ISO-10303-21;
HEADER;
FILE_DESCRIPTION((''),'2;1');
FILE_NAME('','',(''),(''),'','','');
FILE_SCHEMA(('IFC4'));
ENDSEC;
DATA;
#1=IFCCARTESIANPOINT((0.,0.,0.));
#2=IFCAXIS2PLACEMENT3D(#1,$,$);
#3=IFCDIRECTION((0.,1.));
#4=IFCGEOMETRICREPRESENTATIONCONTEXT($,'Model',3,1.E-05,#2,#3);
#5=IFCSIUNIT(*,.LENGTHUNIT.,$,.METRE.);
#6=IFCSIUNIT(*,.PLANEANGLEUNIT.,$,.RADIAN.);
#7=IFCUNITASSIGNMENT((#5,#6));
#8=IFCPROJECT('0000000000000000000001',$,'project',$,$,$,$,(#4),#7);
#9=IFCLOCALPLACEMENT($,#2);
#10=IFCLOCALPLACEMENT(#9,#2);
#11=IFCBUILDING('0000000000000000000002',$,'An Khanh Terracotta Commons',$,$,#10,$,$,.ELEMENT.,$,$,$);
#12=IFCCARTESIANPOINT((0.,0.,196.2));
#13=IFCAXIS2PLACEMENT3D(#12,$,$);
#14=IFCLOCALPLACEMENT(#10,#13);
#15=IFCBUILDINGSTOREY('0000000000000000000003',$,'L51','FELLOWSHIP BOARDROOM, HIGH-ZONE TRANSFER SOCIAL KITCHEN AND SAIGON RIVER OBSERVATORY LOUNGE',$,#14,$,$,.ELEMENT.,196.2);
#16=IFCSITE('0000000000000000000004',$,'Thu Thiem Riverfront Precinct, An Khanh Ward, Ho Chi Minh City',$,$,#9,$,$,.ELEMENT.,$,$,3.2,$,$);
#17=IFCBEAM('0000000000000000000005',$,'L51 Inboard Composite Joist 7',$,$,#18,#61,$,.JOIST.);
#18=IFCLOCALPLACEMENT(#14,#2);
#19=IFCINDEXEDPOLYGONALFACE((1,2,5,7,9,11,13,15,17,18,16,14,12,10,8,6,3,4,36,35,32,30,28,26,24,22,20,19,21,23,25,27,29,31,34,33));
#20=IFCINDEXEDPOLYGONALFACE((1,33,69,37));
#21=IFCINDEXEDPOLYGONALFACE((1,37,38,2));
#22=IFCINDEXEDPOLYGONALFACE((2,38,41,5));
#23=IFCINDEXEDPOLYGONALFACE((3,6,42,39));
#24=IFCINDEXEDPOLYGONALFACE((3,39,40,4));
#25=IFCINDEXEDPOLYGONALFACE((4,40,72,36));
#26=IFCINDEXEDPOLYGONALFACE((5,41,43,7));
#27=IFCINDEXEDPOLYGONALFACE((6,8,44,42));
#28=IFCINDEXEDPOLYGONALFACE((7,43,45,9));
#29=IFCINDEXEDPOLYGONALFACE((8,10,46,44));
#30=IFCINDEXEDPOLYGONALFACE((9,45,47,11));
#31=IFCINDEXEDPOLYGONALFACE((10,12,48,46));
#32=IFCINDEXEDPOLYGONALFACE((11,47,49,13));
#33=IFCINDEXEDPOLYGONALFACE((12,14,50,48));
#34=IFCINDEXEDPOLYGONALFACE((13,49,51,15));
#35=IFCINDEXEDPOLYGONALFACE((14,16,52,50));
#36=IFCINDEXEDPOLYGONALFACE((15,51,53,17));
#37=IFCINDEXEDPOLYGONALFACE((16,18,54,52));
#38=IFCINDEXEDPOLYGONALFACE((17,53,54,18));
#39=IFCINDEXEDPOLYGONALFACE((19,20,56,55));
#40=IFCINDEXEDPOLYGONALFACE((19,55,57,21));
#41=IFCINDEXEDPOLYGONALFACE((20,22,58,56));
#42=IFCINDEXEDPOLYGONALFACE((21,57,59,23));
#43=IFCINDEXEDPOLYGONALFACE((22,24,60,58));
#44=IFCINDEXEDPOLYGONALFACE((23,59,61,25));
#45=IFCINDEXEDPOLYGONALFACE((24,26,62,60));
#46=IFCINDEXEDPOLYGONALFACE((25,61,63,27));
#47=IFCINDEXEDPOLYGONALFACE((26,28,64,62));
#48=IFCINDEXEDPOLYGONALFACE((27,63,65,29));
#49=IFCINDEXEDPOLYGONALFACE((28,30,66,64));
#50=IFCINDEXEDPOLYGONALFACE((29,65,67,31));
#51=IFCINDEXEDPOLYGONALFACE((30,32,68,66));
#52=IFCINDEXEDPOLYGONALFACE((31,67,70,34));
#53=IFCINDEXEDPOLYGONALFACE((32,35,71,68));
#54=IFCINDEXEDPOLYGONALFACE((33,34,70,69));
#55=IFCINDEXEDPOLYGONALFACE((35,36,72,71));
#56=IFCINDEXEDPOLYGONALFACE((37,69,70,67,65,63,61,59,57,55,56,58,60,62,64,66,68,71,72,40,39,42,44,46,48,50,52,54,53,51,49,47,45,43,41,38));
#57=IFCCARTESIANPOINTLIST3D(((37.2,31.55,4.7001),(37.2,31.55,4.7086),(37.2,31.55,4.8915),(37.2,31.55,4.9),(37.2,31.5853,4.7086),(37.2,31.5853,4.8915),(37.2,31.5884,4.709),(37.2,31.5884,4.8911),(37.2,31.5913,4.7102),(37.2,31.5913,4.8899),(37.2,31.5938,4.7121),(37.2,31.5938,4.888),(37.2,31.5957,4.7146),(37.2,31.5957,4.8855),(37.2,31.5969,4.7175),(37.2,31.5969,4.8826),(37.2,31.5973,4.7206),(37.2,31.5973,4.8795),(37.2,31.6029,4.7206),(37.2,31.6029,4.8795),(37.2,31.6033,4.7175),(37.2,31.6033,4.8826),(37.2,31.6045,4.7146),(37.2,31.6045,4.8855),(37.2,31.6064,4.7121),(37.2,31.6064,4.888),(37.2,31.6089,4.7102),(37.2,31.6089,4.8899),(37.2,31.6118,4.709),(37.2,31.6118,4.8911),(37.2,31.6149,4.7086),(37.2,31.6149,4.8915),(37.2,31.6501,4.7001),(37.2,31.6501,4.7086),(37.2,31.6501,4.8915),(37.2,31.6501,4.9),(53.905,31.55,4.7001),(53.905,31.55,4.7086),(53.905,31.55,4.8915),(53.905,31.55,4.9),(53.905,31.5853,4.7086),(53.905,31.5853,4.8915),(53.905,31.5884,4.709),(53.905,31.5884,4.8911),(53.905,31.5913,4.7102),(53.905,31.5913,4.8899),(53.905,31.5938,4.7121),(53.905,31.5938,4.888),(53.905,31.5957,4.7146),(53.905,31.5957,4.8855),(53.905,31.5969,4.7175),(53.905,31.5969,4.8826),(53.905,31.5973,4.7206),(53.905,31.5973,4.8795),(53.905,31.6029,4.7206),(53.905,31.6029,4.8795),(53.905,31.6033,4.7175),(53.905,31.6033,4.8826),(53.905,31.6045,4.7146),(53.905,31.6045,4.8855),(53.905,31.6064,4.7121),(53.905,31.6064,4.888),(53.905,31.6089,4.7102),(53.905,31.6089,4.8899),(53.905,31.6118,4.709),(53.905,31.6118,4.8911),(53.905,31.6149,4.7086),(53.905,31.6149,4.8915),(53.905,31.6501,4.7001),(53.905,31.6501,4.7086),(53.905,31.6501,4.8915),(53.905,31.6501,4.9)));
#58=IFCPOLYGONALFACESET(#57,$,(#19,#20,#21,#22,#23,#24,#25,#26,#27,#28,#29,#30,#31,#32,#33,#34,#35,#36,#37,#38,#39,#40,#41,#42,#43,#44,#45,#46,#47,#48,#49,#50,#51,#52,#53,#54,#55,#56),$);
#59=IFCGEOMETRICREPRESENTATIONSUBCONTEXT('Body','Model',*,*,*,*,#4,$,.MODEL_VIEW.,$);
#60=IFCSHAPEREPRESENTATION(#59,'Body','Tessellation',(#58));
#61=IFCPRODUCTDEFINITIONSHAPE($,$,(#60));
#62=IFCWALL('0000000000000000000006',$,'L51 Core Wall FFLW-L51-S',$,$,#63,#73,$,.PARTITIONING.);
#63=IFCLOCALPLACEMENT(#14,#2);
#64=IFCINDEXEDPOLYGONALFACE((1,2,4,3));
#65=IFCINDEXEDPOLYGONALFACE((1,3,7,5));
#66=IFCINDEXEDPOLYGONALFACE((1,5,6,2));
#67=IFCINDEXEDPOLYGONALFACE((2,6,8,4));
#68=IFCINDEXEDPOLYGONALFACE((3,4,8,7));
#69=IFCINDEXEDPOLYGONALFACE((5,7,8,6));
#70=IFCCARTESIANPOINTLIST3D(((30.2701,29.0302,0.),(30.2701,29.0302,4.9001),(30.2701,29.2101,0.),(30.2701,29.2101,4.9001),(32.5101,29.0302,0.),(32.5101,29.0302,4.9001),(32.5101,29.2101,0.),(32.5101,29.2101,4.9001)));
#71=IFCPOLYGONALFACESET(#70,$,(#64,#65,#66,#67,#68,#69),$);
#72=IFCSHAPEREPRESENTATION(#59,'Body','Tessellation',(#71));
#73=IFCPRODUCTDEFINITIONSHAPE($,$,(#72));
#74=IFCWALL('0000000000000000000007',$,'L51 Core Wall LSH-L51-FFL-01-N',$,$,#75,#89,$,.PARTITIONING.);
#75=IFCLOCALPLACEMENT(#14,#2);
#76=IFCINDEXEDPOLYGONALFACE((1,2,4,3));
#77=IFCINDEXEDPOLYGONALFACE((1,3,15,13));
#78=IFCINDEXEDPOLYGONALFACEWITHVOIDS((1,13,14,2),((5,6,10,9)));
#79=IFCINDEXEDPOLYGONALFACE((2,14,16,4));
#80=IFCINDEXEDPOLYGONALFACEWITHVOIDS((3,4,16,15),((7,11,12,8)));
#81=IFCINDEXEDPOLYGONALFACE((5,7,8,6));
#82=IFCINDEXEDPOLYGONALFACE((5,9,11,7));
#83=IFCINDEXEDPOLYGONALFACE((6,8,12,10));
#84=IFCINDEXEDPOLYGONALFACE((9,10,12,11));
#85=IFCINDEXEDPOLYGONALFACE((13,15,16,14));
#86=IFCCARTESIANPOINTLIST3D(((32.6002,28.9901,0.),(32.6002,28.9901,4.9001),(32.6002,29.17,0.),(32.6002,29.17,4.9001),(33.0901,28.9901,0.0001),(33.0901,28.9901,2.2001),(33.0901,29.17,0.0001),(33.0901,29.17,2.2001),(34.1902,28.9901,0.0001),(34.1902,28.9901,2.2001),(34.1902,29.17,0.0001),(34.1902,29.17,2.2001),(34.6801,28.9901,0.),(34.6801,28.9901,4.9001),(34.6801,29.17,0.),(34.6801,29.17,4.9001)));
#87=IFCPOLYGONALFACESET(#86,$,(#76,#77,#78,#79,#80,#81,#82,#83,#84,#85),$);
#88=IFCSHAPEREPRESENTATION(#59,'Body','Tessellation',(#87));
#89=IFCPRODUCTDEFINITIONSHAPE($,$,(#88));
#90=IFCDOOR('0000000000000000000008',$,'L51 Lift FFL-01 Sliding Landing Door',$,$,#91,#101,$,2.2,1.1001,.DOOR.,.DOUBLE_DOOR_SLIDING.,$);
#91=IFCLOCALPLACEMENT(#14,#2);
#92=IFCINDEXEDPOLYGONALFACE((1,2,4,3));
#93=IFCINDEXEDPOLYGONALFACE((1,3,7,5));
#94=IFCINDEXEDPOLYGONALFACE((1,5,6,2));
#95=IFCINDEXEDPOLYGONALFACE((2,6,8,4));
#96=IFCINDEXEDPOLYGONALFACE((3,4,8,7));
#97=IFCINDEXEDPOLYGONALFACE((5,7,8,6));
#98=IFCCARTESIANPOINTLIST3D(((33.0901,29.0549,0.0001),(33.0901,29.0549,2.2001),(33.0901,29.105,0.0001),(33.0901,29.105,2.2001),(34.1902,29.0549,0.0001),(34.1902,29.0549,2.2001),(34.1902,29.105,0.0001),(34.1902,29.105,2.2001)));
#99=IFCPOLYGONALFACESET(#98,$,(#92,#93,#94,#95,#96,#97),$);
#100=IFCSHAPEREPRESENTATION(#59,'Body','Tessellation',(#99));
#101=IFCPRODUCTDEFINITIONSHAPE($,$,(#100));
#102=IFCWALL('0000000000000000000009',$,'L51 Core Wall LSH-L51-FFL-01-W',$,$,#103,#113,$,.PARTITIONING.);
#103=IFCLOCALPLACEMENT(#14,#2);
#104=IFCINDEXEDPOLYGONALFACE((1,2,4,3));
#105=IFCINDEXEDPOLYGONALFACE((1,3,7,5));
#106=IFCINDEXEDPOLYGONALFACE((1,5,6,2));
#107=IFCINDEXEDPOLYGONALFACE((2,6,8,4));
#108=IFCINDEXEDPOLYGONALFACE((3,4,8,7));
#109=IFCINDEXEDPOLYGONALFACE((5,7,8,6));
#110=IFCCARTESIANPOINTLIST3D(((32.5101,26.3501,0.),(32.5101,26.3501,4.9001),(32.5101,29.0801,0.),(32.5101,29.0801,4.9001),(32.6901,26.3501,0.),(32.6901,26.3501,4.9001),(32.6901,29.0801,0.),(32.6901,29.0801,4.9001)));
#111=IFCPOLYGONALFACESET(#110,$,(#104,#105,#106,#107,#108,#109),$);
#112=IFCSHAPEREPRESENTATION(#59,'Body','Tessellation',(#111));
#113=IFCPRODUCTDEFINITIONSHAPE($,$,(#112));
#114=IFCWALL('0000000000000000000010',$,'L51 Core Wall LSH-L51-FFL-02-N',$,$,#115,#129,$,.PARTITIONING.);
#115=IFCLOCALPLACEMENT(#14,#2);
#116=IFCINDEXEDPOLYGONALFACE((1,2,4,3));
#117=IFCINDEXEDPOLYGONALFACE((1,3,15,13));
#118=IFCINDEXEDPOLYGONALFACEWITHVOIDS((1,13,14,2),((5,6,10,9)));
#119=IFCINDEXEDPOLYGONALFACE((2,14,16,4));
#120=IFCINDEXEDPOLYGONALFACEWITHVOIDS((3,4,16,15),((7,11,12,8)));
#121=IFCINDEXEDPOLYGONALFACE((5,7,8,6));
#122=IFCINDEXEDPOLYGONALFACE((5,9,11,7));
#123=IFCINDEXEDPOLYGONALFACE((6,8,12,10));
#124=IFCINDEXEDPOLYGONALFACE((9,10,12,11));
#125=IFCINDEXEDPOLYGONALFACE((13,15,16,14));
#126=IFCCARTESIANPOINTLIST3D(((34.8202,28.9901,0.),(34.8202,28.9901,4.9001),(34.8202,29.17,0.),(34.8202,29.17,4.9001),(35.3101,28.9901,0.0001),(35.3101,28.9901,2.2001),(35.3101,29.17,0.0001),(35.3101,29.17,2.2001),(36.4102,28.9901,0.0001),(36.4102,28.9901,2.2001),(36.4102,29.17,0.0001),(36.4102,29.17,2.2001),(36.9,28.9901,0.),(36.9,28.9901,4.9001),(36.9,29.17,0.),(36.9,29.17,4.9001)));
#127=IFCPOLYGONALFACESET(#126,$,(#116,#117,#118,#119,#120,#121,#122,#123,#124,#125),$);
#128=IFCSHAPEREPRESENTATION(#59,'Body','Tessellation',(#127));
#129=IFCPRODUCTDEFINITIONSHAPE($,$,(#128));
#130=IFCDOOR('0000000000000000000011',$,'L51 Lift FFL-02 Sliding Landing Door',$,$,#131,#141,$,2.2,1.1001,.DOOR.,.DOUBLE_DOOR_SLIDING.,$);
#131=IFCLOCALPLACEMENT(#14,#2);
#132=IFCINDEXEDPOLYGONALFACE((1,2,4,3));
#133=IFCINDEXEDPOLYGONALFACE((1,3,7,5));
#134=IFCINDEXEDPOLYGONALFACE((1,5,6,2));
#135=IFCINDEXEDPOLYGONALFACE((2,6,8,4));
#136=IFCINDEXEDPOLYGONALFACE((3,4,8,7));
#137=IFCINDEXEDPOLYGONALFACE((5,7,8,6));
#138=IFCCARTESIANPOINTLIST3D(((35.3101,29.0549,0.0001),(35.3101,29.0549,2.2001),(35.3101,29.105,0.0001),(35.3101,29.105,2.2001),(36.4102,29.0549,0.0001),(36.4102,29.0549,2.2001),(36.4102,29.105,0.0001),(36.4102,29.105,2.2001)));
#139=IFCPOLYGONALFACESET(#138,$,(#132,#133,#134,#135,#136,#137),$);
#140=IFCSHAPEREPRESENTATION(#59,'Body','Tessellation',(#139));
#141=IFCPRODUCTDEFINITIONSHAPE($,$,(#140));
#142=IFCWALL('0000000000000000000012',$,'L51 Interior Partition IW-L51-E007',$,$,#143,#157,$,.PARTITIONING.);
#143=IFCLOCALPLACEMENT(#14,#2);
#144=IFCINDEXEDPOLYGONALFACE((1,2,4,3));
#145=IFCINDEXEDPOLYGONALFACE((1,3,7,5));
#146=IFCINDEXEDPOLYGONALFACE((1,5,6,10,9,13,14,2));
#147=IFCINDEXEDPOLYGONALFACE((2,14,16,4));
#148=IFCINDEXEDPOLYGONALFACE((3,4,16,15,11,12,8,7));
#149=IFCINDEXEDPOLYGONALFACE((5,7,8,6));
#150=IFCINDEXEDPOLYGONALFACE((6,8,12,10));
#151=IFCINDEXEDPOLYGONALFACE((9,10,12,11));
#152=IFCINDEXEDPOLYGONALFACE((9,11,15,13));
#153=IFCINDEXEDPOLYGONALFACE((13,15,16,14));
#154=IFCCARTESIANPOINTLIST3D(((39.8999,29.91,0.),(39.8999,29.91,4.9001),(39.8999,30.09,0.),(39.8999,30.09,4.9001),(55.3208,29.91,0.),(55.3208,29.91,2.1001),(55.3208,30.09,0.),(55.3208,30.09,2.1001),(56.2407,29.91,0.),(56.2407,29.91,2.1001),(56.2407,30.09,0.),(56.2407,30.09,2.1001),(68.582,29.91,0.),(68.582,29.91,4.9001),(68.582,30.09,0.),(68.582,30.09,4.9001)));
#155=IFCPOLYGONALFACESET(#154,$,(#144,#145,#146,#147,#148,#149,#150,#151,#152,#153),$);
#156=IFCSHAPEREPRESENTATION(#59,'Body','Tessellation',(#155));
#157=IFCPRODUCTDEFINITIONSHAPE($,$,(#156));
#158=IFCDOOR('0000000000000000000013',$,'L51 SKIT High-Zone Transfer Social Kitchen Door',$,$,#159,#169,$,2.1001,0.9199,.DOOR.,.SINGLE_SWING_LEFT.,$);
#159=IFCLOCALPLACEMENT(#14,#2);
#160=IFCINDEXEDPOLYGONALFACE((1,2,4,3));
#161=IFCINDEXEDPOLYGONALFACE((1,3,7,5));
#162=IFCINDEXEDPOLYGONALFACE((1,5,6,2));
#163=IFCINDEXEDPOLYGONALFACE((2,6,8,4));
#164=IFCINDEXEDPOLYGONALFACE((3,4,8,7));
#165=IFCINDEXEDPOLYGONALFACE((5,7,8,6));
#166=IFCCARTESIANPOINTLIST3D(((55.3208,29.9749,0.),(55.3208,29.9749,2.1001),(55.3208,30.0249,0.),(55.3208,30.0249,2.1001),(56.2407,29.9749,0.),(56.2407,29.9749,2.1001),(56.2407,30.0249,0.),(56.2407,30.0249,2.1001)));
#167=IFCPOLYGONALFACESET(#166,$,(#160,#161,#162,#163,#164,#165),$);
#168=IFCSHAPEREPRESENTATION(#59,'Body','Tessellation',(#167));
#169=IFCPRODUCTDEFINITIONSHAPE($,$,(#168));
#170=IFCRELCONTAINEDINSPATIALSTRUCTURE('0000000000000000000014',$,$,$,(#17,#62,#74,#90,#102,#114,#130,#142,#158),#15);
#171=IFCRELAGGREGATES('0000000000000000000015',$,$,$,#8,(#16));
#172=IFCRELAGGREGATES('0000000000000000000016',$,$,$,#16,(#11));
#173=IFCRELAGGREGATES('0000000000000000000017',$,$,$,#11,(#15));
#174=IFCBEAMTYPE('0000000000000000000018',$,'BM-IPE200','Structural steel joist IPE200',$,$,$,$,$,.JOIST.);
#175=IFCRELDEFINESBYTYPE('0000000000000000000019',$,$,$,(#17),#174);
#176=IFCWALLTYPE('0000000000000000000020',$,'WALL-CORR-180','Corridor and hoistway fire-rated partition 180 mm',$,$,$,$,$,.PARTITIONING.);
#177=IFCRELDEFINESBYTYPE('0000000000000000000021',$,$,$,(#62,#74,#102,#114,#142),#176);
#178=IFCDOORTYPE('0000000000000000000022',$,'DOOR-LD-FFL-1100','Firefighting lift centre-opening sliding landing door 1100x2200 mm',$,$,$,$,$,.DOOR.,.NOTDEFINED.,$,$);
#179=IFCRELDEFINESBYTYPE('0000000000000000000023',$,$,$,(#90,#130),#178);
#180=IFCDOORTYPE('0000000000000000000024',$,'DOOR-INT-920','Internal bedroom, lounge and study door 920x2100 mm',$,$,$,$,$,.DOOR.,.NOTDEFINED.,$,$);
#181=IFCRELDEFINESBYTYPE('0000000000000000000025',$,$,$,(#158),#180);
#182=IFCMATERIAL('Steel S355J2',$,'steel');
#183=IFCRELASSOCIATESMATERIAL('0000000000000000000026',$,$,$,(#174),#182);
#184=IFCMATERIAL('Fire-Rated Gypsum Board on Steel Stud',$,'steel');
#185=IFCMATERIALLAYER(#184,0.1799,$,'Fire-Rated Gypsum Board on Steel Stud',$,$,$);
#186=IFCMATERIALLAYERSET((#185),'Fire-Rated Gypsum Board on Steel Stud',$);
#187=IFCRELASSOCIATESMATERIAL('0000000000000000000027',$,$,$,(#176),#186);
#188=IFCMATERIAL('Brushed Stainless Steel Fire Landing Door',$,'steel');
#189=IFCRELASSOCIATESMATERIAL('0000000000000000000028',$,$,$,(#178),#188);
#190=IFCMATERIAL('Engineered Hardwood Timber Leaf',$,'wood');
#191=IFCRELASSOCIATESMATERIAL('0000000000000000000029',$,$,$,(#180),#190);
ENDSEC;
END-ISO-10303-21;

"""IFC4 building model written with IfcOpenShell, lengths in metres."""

from ifc_helpers import new_model, si_unit, direction, frame, frame_2d, origin, origin_2d, place, context, subcontext, project, spatial, rectangle, i_section, extrude, material, layer, layer_set, material_profile, profile_set, type_object, element, fill, save


model = new_model("IFC4")

# Units and contexts
model_context = context("Model", 3, precision=1e-05, world=origin(), true_north=direction((0.0, 1.0)))
body_context = subcontext(model_context, "Body", "Model", "MODEL_VIEW")
ifc_project = project(units=[si_unit("LENGTHUNIT", "METRE"), si_unit("PLANEANGLEUNIT", "RADIAN")], contexts=[model_context])

# Site, building, storey
site_placement = place(None, origin())
site = spatial("IfcSite", under=ifc_project, at=site_placement, Name="Thu Thiem Riverfront Precinct, An Khanh Ward, Ho Chi Minh City", CompositionType="ELEMENT", RefElevation=3.2)
building_placement = place(site_placement, origin())
building = spatial("IfcBuilding", under=site, at=building_placement, Name="An Khanh Terracotta Commons", CompositionType="ELEMENT")
storey_placement = place(building_placement, frame((0.0, 0.0, 196.2)))
storey = spatial("IfcBuildingStorey", under=building, at=storey_placement, Name="L51", Description="FELLOWSHIP BOARDROOM, HIGH-ZONE TRANSFER SOCIAL KITCHEN AND SAIGON RIVER OBSERVATORY LOUNGE", CompositionType="ELEMENT", Elevation=196.2)

# Beam
ifc_material_1 = material(Name="Steel S355J2", Category="steel")
ifc_material_profile_1 = material_profile(ifc_material_1, i_section(OverallWidth=0.1001, OverallDepth=0.2, WebThickness=0.0056, FlangeThickness=0.0085, FilletRadius=0.012, at=origin_2d()), Name="IPE200")
ifc_profile_set_1 = profile_set([ifc_material_profile_1], Name="Steel S355J2")
beam_type_1 = type_object("IfcBeamType", Name="BM-IPE200", Description="Structural steel joist IPE200", PredefinedType="JOIST", material=ifc_profile_set_1)
for number, where, z_axis, x_axis, name in (
    (1, (37.2, 31.6001, 4.8), (1.0, 0.0, 0.0), (0.0, 1.0, 0.0), "L51 Inboard Composite Joist 7"),
):
    element("IfcBeam", number, at=place(storey_placement, frame(where, z_axis=z_axis, x_axis=x_axis)), inside=storey, type_object=beam_type_1, Name=name, PredefinedType="JOIST", context=body_context, shape_type="SweptSolid", body=[
        extrude(i_section(OverallWidth=0.1001, OverallDepth=0.2, WebThickness=0.0056, FlangeThickness=0.0085, FilletRadius=0.012, at=origin_2d()), origin(), (0.0, 0.0, 1.0), 16.7051),
    ])

# Wall
ifc_material_2 = material(Name="Fire-Rated Gypsum Board on Steel Stud", Category="steel")
ifc_layer_1 = layer(ifc_material_2, 0.1799, Name="Fire-Rated Gypsum Board on Steel Stud")
ifc_layer_set_1 = layer_set([ifc_layer_1], Name="Fire-Rated Gypsum Board on Steel Stud")
wall_type_1 = type_object("IfcWallType", Name="WALL-CORR-180", Description="Corridor and hoistway fire-rated partition 180 mm", PredefinedType="PARTITIONING", material=ifc_layer_set_1)
wall_1_placement = place(storey_placement, frame((30.27, 29.1201, 0.0), z_axis=(0.0, 0.0, 1.0), x_axis=(1.0, 0.0, 0.0)))
element("IfcWall", 2, at=wall_1_placement, inside=storey, type_object=wall_type_1, Name="L51 Core Wall FFLW-L51-S", PredefinedType="PARTITIONING", context=body_context, shape_type="SweptSolid", body=[
    extrude(rectangle(XDim=2.24, YDim=0.1799, at=frame_2d((1.1201, 0.0))), origin(), (0.0, 0.0, 1.0), 4.9001),
])

# Wall, opening, door
wall_2_placement = place(storey_placement, frame((32.6001, 29.0801, 0.0), z_axis=(0.0, 0.0, 1.0), x_axis=(1.0, 0.0, 0.0)))
wall_2 = element("IfcWall", 3, at=wall_2_placement, inside=storey, type_object=wall_type_1, Name="L51 Core Wall LSH-L51-FFL-01-N", PredefinedType="PARTITIONING", context=body_context, shape_type="SweptSolid", body=[
    extrude(rectangle(XDim=2.0798, YDim=0.1799, at=frame_2d((1.04, 0.0))), origin(), (0.0, 0.0, 1.0), 4.9001),
])
opening_1_placement = place(wall_2_placement, frame((0.49, 0.0, 0.0)))
opening_1 = element("IfcOpeningElement", 4, at=opening_1_placement, cuts=wall_2, PredefinedType="OPENING", context=body_context, shape_type="SweptSolid", body=[
    extrude(rectangle(XDim=1.1001, YDim=2.2, at=frame_2d((0.55, 1.1001))), frame((0.0, 0.0999, 0.0), z_axis=(0.0, -1.0, 0.0), x_axis=(1.0, 0.0, 0.0)), (0.0, 0.0, 1.0), 0.2),
])
ifc_material_3 = material(Name="Brushed Stainless Steel Fire Landing Door", Category="steel")
door_type_1 = type_object("IfcDoorType", Name="DOOR-LD-FFL-1100", Description="Firefighting lift centre-opening sliding landing door 1100x2200 mm", OperationType="NOTDEFINED", PredefinedType="DOOR", material=ifc_material_3)
door_1_placement = place(opening_1_placement, origin())
door_1 = element("IfcDoor", 5, at=door_1_placement, inside=storey, type_object=door_type_1, Name="L51 Lift FFL-01 Sliding Landing Door", OperationType="DOUBLE_DOOR_SLIDING", OverallHeight=2.2, OverallWidth=1.1001, PredefinedType="DOOR", context=body_context, shape_type="SweptSolid", body=[
    extrude(rectangle(XDim=1.1001, YDim=2.2, at=frame_2d((0.55, 1.1001))), frame((0.0, 0.0249, 0.0), z_axis=(0.0, -1.0, 0.0), x_axis=(1.0, 0.0, 0.0)), (0.0, 0.0, 1.0), 0.05),
])
fill(opening_1, door_1)

# Wall
wall_3_placement = place(storey_placement, frame((32.6001, 29.0801, 0.0), z_axis=(0.0, 0.0, 1.0), x_axis=(0.0, -1.0, 0.0)))
element("IfcWall", 6, at=wall_3_placement, inside=storey, type_object=wall_type_1, Name="L51 Core Wall LSH-L51-FFL-01-W", PredefinedType="PARTITIONING", context=body_context, shape_type="SweptSolid", body=[
    extrude(rectangle(XDim=2.73, YDim=0.1799, at=frame_2d((1.365, 0.0))), origin(), (0.0, 0.0, 1.0), 4.9001),
])

# Walls, openings, doors
wall_4_placement = place(storey_placement, frame((34.8201, 29.0801, 0.0), z_axis=(0.0, 0.0, 1.0), x_axis=(1.0, 0.0, 0.0)))
wall_4 = element("IfcWall", 7, at=wall_4_placement, inside=storey, type_object=wall_type_1, Name="L51 Core Wall LSH-L51-FFL-02-N", PredefinedType="PARTITIONING", context=body_context, shape_type="SweptSolid", body=[
    extrude(rectangle(XDim=2.0798, YDim=0.1799, at=frame_2d((1.04, 0.0))), origin(), (0.0, 0.0, 1.0), 4.9001),
])
opening_2_placement = place(wall_4_placement, frame((0.49, 0.0, 0.0)))
opening_2 = element("IfcOpeningElement", 8, at=opening_2_placement, cuts=wall_4, PredefinedType="OPENING", context=body_context, shape_type="SweptSolid", body=[
    extrude(rectangle(XDim=1.1001, YDim=2.2, at=frame_2d((0.55, 1.1001))), frame((0.0, 0.0999, 0.0), z_axis=(0.0, -1.0, 0.0), x_axis=(1.0, 0.0, 0.0)), (0.0, 0.0, 1.0), 0.2),
])
door_2_placement = place(opening_2_placement, origin())
door_2 = element("IfcDoor", 9, at=door_2_placement, inside=storey, type_object=door_type_1, Name="L51 Lift FFL-02 Sliding Landing Door", OperationType="DOUBLE_DOOR_SLIDING", OverallHeight=2.2, OverallWidth=1.1001, PredefinedType="DOOR", context=body_context, shape_type="SweptSolid", body=[
    extrude(rectangle(XDim=1.1001, YDim=2.2, at=frame_2d((0.55, 1.1001))), frame((0.0, 0.0249, 0.0), z_axis=(0.0, -1.0, 0.0), x_axis=(1.0, 0.0, 0.0)), (0.0, 0.0, 1.0), 0.05),
])
fill(opening_2, door_2)
wall_5_placement = place(storey_placement, frame((39.8999, 30.0, 0.0), z_axis=(0.0, 0.0, 1.0), x_axis=(1.0, 0.0, 0.0)))
wall_5 = element("IfcWall", 10, at=wall_5_placement, inside=storey, type_object=wall_type_1, Name="L51 Interior Partition IW-L51-E007", PredefinedType="PARTITIONING", context=body_context, shape_type="SweptSolid", body=[
    extrude(rectangle(XDim=28.6821, YDim=0.1799, at=frame_2d((14.3411, 0.0))), origin(), (0.0, 0.0, 1.0), 4.9001),
])
opening_3_placement = place(wall_5_placement, frame((15.4209, 0.0, 0.0)))
opening_3 = element("IfcOpeningElement", 11, at=opening_3_placement, cuts=wall_5, PredefinedType="OPENING", context=body_context, shape_type="SweptSolid", body=[
    extrude(rectangle(XDim=0.9199, YDim=2.1001, at=frame_2d((0.46, 1.05))), frame((0.0, 0.0999, 0.0), z_axis=(0.0, -1.0, 0.0), x_axis=(1.0, 0.0, 0.0)), (0.0, 0.0, 1.0), 0.2),
])
ifc_material_4 = material(Name="Engineered Hardwood Timber Leaf", Category="wood")
door_type_2 = type_object("IfcDoorType", Name="DOOR-INT-920", Description="Internal bedroom, lounge and study door 920x2100 mm", OperationType="NOTDEFINED", PredefinedType="DOOR", material=ifc_material_4)
door_3_placement = place(opening_3_placement, origin())
door_3 = element("IfcDoor", 12, at=door_3_placement, inside=storey, type_object=door_type_2, Name="L51 SKIT High-Zone Transfer Social Kitchen Door", OperationType="SINGLE_SWING_LEFT", OverallHeight=2.1001, OverallWidth=0.9199, PredefinedType="DOOR", context=body_context, shape_type="SweptSolid", body=[
    extrude(rectangle(XDim=0.9199, YDim=2.1001, at=frame_2d((0.46, 1.05))), frame((0.0, 0.0249, 0.0), z_axis=(0.0, -1.0, 0.0), x_axis=(1.0, 0.0, 0.0)), (0.0, 0.0, 1.0), 0.05),
])
fill(opening_3, door_3)

save(model, "model.ifc")
